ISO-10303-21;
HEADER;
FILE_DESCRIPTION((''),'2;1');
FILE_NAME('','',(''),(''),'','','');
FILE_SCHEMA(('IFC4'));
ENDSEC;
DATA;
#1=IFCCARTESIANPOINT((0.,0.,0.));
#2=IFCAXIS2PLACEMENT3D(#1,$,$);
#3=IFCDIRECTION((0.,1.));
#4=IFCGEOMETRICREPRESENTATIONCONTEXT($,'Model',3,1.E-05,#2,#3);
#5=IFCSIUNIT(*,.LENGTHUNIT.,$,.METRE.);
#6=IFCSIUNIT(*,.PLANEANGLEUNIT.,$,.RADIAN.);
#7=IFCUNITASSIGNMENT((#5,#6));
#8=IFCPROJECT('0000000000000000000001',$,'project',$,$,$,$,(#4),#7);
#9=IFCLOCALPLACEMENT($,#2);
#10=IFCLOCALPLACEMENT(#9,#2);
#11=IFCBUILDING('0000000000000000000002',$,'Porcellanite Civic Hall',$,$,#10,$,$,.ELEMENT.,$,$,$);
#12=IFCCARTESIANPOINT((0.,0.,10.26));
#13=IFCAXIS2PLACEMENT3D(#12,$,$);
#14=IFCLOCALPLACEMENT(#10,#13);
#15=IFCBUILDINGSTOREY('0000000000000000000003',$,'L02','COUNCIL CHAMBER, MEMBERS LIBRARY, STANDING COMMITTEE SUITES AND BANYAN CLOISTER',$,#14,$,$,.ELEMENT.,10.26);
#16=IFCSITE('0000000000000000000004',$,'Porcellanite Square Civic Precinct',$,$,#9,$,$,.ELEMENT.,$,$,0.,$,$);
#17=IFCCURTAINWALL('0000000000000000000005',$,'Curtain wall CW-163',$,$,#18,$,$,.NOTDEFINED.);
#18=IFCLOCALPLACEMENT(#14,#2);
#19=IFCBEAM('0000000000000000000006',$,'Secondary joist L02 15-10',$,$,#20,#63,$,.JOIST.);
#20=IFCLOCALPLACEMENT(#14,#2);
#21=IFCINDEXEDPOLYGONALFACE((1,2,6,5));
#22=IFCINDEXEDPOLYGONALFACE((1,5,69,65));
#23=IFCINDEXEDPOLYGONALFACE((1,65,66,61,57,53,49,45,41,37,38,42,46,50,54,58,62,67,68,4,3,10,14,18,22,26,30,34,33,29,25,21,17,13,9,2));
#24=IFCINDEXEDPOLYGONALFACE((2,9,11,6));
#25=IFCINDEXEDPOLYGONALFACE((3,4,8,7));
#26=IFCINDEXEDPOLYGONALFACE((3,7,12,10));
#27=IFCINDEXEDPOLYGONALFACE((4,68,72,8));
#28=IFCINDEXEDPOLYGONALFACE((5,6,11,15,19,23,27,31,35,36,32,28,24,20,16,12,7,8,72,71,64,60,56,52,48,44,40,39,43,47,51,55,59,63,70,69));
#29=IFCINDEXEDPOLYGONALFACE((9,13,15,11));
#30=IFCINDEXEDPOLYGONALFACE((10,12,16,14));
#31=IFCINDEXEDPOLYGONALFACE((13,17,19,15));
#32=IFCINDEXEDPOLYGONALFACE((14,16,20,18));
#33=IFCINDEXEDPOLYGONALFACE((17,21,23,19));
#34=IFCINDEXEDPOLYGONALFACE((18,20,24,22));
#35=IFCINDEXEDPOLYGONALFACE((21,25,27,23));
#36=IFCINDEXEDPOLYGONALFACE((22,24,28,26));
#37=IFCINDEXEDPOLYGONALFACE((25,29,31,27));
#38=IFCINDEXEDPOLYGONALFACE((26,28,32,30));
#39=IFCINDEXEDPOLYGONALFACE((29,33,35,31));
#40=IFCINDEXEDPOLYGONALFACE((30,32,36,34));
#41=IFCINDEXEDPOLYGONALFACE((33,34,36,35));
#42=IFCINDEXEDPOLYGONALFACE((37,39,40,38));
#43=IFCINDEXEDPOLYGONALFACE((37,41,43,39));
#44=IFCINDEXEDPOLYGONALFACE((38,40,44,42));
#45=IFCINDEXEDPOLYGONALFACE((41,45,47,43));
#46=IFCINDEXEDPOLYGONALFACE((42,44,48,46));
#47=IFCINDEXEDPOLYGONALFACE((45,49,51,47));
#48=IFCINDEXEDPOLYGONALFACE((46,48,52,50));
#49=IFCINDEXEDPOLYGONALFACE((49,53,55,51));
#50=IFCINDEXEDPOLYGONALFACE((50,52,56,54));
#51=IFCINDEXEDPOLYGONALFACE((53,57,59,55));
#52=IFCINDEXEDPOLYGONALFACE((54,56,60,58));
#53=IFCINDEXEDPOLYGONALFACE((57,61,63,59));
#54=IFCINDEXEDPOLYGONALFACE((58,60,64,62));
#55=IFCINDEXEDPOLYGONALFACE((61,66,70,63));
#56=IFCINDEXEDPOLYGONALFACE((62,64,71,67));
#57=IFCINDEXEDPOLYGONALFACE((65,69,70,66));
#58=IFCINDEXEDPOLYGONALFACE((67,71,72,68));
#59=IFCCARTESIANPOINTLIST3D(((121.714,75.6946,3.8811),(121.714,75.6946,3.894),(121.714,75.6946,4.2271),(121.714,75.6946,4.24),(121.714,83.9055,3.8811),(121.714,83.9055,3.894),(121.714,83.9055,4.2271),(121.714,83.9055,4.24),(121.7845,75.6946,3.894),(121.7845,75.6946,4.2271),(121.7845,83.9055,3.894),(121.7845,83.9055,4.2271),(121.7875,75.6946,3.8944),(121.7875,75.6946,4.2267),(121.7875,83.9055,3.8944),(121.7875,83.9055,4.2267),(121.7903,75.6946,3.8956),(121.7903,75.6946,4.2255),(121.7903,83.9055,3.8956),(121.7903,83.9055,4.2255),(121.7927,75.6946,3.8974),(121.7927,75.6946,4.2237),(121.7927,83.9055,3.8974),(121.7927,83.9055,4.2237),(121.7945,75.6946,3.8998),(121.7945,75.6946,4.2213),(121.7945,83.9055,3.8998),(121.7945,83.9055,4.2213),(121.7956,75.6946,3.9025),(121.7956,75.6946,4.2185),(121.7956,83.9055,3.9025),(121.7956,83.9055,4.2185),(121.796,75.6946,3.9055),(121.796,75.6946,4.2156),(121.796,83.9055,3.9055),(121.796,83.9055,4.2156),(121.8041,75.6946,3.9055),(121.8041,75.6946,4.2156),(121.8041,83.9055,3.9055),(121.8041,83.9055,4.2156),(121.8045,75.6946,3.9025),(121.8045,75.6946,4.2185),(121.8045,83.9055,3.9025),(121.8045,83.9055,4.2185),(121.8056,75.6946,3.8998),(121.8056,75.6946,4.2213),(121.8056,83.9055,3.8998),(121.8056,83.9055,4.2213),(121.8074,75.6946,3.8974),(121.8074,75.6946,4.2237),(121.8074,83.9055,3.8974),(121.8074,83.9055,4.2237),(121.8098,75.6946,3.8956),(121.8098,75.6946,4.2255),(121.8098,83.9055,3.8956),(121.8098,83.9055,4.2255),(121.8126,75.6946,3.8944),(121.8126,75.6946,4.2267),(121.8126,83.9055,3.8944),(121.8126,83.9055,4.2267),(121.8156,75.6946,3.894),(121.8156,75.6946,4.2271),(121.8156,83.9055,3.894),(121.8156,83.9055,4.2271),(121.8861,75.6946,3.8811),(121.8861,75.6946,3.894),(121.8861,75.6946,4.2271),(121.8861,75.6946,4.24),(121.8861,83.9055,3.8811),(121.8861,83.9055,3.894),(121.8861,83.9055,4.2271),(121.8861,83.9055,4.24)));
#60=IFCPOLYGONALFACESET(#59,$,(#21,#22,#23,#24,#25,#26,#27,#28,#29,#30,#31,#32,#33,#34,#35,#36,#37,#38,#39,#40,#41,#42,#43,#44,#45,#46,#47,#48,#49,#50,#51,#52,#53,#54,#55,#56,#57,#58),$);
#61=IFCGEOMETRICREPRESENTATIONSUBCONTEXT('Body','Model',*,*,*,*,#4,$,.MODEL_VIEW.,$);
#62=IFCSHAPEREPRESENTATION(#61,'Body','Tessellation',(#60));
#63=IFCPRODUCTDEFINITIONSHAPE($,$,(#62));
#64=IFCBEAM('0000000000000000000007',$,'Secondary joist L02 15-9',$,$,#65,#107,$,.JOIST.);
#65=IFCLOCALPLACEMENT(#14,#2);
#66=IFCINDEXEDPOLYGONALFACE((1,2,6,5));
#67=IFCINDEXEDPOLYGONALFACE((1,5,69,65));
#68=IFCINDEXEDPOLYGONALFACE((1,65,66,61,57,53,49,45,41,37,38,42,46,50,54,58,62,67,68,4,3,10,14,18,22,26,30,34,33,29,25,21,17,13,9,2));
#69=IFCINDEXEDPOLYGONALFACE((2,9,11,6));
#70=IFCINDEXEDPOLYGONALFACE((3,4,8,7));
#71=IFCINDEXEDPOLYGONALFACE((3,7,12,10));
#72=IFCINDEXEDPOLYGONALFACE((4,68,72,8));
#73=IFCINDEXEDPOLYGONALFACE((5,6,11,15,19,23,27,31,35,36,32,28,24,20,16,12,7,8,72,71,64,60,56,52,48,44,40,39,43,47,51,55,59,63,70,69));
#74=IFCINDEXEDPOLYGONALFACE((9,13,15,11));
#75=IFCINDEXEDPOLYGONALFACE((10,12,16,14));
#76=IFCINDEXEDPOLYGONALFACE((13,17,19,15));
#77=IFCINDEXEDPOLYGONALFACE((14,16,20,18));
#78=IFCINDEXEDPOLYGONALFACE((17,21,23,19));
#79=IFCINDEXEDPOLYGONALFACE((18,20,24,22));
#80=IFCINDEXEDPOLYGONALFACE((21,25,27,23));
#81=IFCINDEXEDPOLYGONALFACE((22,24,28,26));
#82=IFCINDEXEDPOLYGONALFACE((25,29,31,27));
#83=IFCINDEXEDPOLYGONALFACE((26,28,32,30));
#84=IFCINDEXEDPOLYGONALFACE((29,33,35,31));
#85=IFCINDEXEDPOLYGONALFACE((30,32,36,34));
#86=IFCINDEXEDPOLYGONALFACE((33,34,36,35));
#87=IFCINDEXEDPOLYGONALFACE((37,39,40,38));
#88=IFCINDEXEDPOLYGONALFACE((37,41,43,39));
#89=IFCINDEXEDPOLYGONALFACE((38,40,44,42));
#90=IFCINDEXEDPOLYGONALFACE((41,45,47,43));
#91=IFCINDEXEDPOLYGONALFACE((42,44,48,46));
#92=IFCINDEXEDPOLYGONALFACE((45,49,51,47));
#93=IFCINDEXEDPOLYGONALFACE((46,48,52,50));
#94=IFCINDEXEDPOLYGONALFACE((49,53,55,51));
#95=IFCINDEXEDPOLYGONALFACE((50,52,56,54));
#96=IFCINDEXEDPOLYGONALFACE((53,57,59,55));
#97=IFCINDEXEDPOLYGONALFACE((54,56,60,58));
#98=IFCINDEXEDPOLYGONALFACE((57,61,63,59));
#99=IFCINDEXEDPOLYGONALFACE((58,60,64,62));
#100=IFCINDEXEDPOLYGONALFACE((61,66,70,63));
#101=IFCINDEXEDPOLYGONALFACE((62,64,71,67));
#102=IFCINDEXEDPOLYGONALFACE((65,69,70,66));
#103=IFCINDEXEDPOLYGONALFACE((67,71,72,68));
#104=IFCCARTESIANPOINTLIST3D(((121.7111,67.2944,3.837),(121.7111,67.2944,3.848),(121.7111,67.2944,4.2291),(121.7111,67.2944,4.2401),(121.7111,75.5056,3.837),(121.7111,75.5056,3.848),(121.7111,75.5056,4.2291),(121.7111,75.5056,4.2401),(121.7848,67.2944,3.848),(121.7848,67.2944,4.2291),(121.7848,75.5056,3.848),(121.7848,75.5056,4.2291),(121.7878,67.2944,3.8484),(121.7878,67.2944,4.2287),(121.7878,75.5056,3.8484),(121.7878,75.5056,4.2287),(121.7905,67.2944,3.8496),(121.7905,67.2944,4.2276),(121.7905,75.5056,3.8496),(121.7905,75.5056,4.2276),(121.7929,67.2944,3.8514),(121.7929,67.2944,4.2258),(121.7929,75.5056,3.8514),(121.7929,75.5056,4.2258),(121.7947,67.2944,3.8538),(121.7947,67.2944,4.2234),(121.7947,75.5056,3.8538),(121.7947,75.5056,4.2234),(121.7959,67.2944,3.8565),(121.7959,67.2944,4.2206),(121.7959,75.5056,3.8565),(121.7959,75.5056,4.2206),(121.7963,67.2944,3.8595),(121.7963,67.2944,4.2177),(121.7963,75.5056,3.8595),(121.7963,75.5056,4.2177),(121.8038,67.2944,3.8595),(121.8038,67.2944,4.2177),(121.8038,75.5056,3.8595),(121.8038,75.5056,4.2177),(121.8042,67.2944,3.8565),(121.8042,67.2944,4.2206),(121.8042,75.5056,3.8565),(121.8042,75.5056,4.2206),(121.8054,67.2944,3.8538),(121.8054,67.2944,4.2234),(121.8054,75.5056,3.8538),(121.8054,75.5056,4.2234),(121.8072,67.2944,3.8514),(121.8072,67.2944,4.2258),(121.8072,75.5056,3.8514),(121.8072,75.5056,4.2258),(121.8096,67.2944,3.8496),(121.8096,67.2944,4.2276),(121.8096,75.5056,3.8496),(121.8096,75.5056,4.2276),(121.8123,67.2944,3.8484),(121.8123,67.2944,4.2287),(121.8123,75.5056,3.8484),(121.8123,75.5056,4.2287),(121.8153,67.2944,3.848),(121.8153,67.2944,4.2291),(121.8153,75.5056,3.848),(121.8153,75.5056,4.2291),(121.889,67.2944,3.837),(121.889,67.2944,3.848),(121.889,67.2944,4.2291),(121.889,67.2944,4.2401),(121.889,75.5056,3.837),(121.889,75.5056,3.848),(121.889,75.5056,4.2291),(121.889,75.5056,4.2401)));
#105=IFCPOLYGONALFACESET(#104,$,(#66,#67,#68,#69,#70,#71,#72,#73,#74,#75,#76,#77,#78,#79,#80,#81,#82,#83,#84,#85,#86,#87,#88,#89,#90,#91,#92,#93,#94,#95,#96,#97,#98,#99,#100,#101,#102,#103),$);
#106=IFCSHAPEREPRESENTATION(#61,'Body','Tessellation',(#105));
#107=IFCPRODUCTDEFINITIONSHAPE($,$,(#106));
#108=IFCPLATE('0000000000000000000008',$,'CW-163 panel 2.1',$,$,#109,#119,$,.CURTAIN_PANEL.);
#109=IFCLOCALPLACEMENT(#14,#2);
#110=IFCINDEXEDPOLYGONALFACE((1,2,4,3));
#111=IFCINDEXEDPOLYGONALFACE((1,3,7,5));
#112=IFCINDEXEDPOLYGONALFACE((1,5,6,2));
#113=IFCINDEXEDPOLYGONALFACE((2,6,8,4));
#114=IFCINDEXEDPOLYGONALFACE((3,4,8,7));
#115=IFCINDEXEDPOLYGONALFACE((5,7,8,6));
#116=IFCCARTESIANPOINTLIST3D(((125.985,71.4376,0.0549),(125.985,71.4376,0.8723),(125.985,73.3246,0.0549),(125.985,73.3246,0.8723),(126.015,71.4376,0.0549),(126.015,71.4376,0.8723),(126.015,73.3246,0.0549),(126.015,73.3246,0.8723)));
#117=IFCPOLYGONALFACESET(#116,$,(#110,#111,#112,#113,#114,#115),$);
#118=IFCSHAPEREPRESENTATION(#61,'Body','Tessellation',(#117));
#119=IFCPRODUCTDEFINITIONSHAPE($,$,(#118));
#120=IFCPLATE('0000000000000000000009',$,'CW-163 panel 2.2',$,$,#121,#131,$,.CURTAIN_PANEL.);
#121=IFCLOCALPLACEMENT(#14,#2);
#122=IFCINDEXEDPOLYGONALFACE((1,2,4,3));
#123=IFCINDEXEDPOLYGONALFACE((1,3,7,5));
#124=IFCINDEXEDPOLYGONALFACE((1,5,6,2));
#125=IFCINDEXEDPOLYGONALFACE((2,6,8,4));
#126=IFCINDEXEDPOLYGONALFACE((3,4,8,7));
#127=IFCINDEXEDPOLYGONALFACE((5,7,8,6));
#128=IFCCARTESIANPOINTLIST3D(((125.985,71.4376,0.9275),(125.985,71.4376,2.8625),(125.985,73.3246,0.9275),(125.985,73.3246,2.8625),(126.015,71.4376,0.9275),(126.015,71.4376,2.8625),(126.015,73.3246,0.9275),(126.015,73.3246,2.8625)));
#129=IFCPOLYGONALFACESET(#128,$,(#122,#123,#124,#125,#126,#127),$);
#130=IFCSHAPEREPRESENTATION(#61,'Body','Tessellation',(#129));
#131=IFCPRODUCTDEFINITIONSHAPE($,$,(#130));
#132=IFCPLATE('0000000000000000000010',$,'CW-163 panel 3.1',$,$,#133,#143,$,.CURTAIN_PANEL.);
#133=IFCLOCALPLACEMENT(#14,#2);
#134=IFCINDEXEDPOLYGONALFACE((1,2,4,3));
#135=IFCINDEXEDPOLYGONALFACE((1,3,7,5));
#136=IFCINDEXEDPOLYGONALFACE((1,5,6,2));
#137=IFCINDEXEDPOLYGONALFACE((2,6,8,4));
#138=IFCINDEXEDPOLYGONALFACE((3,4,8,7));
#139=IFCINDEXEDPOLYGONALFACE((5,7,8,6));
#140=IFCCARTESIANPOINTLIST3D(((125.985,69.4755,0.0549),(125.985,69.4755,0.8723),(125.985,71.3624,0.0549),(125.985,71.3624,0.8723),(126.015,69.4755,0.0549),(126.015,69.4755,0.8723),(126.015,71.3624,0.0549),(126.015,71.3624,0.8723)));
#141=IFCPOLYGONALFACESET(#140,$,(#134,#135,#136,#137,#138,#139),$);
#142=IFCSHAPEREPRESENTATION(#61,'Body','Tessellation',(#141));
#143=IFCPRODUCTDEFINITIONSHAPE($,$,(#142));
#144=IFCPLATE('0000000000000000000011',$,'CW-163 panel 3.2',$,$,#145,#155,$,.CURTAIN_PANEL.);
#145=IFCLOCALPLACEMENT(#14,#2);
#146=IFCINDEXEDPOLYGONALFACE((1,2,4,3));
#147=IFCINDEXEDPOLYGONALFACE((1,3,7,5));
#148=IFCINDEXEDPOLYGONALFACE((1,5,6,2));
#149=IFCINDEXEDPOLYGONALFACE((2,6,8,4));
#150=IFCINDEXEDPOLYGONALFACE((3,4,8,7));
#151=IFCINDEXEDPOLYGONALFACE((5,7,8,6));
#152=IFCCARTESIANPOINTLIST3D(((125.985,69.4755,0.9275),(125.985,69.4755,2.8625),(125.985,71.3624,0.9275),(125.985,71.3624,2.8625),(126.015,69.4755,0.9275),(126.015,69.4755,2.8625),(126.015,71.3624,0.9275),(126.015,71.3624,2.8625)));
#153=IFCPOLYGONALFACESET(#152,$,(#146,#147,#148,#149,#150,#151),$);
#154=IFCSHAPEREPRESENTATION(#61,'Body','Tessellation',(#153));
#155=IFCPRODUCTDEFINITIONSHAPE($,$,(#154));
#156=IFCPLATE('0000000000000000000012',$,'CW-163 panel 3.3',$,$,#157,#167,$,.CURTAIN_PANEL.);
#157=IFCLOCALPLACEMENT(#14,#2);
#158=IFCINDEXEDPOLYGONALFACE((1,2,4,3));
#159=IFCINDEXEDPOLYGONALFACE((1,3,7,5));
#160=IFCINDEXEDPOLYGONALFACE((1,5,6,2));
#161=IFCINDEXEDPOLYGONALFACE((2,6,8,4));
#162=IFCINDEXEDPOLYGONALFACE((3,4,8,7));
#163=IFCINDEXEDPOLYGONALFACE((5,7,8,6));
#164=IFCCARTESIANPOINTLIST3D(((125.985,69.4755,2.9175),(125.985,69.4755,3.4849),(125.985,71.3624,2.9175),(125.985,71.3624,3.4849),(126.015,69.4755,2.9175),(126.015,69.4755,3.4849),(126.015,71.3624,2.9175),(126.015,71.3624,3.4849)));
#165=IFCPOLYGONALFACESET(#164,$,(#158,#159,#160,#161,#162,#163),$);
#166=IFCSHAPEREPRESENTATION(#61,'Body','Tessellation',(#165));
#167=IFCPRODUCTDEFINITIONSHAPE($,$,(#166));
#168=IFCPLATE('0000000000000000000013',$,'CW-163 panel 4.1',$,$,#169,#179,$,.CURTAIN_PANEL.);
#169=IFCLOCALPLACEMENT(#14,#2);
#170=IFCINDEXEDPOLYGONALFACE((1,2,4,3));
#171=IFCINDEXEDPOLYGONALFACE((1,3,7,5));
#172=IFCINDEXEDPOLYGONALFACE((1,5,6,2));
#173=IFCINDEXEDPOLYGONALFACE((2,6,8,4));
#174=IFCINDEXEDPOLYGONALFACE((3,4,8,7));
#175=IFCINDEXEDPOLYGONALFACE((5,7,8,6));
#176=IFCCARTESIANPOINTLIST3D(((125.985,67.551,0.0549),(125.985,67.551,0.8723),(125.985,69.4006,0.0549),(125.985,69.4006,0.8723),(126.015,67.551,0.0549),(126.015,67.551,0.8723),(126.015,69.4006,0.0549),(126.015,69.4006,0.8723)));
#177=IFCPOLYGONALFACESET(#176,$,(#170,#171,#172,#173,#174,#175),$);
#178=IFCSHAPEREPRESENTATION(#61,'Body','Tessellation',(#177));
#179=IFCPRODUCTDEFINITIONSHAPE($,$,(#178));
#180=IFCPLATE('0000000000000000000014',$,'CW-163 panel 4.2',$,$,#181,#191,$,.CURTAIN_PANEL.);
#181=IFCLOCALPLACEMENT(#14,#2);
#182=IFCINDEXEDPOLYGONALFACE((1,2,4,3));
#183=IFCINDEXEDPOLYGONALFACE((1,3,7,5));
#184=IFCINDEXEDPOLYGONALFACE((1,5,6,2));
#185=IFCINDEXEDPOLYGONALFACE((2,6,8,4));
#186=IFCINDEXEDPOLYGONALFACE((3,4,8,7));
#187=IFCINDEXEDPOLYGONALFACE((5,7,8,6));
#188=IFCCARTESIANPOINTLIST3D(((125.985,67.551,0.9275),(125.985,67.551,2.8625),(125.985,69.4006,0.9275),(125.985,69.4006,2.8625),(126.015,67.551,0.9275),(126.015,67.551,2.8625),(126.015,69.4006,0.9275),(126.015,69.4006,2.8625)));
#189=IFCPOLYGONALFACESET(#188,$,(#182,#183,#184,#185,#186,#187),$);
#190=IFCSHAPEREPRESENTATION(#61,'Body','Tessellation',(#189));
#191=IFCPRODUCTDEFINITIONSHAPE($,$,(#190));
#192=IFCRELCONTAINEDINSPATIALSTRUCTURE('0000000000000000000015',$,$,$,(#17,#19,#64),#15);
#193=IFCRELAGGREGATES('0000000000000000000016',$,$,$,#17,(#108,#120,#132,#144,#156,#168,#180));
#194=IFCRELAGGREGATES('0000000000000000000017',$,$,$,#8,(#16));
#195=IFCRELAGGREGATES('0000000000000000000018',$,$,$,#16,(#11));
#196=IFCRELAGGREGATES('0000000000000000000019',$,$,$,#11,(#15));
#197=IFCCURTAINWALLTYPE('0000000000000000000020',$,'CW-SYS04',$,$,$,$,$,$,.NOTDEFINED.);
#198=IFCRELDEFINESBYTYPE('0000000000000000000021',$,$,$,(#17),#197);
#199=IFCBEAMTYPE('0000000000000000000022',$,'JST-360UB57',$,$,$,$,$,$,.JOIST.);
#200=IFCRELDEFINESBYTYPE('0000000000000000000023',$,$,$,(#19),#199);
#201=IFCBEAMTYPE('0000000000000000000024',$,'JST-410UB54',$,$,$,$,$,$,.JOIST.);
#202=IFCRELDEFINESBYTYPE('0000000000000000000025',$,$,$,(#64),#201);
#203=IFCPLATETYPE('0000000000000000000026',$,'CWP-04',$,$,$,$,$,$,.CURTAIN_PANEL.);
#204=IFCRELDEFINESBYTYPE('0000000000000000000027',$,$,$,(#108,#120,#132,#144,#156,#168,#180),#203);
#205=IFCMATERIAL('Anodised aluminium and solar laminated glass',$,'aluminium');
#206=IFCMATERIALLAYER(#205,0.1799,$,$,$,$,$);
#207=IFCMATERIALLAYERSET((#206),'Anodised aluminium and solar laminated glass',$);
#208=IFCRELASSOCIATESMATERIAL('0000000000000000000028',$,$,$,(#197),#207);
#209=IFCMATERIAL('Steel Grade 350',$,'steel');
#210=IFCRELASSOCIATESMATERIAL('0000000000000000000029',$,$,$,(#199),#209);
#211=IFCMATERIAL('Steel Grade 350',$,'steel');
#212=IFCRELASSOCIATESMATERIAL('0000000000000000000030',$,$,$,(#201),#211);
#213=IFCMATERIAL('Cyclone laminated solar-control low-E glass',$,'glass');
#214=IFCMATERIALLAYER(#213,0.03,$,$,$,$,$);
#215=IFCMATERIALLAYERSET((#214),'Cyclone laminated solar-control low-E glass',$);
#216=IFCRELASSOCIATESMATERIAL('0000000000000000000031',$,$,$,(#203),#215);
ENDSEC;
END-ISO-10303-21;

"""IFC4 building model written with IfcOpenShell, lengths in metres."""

from ifc_helpers import new_model, si_unit, direction, frame, origin, origin_2d, place, context, subcontext, project, spatial, rectangle, i_section, extrude, material, layer, layer_set, material_profile, profile_set, type_object, element, aggregate, save


model = new_model("IFC4")

# Units and contexts
model_context = context("Model", 3, precision=1e-05, world=origin(), true_north=direction((0.0, 1.0)))
body_context = subcontext(model_context, "Body", "Model", "MODEL_VIEW")
ifc_project = project(units=[si_unit("LENGTHUNIT", "METRE"), si_unit("PLANEANGLEUNIT", "RADIAN")], contexts=[model_context])

# Site, building, storey
site_placement = place(None, origin())
site = spatial("IfcSite", under=ifc_project, at=site_placement, Name="Porcellanite Square Civic Precinct", CompositionType="ELEMENT", RefElevation=0.0)
building_placement = place(site_placement, origin())
building = spatial("IfcBuilding", under=site, at=building_placement, Name="Porcellanite Civic Hall", CompositionType="ELEMENT")
storey_placement = place(building_placement, frame((0.0, 0.0, 10.26)))
storey = spatial("IfcBuildingStorey", under=building, at=storey_placement, Name="L02", Description="COUNCIL CHAMBER, MEMBERS LIBRARY, STANDING COMMITTEE SUITES AND BANYAN CLOISTER", CompositionType="ELEMENT", Elevation=10.26)

# Curtain wall
ifc_material_1 = material(Name="Anodised aluminium and solar laminated glass", Category="aluminium")
ifc_layer_1 = layer(ifc_material_1, 0.1799)
ifc_layer_set_1 = layer_set([ifc_layer_1], Name="Anodised aluminium and solar laminated glass")
curtain_wall_type = type_object("IfcCurtainWallType", Name="CW-SYS04", PredefinedType="NOTDEFINED", material=ifc_layer_set_1)
curtain_wall_placement = place(storey_placement, origin())
curtain_wall = element("IfcCurtainWall", 1, at=curtain_wall_placement, inside=storey, type_object=curtain_wall_type, Name="Curtain wall CW-163", PredefinedType="NOTDEFINED")

# Beams
ifc_material_2 = material(Name="Steel Grade 350", Category="steel")
ifc_material_profile_1 = material_profile(ifc_material_2, i_section(OverallWidth=0.1721, OverallDepth=0.3589, WebThickness=0.0081, FlangeThickness=0.0129, FilletRadius=0.0115, at=origin_2d()), Name="360UB56.7")
ifc_profile_set_1 = profile_set([ifc_material_profile_1], Name="Steel Grade 350")
beam_type_1 = type_object("IfcBeamType", Name="JST-360UB57", PredefinedType="JOIST", material=ifc_profile_set_1)
beam_1_placement = place(storey_placement, frame((121.8, 75.6946, 4.0605), z_axis=(0.0, 1.0, 0.0), x_axis=(-1.0, 0.0, 0.0)))
element("IfcBeam", 2, at=beam_1_placement, inside=storey, type_object=beam_type_1, Name="Secondary joist L02 15-10", PredefinedType="JOIST", context=body_context, shape_type="SweptSolid", body=[
    extrude(i_section(OverallWidth=0.1721, OverallDepth=0.3589, WebThickness=0.0081, FlangeThickness=0.0129, FilletRadius=0.0115, at=origin_2d()), origin(), (0.0, 0.0, 1.0), 8.2109),
])
ifc_material_3 = material(Name="Steel Grade 350", Category="steel")
ifc_material_profile_2 = material_profile(ifc_material_3, i_section(OverallWidth=0.178, OverallDepth=0.4031, WebThickness=0.0076, FlangeThickness=0.011, FilletRadius=0.0115, at=origin_2d()), Name="410UB53.7")
ifc_profile_set_2 = profile_set([ifc_material_profile_2], Name="Steel Grade 350")
beam_type_2 = type_object("IfcBeamType", Name="JST-410UB54", PredefinedType="JOIST", material=ifc_profile_set_2)
beam_2_placement = place(storey_placement, frame((121.8, 67.2944, 4.0386), z_axis=(0.0, 1.0, 0.0), x_axis=(-1.0, 0.0, 0.0)))
element("IfcBeam", 3, at=beam_2_placement, inside=storey, type_object=beam_type_2, Name="Secondary joist L02 15-9", PredefinedType="JOIST", context=body_context, shape_type="SweptSolid", body=[
    extrude(i_section(OverallWidth=0.178, OverallDepth=0.4031, WebThickness=0.0076, FlangeThickness=0.011, FilletRadius=0.0115, at=origin_2d()), origin(), (0.0, 0.0, 1.0), 8.2112),
])

# Plates
ifc_material_4 = material(Name="Cyclone laminated solar-control low-E glass", Category="glass")
ifc_layer_2 = layer(ifc_material_4, 0.03)
ifc_layer_set_2 = layer_set([ifc_layer_2], Name="Cyclone laminated solar-control low-E glass")
plate_type = type_object("IfcPlateType", Name="CWP-04", PredefinedType="CURTAIN_PANEL", material=ifc_layer_set_2)
plate_1_placement = place(storey_placement, frame((126.0, 72.3811, 0.0549), z_axis=(0.0, 0.0, 1.0), x_axis=(0.0, -1.0, 0.0)))
plate_1 = element("IfcPlate", 4, at=plate_1_placement, type_object=plate_type, Name="CW-163 panel 2.1", PredefinedType="CURTAIN_PANEL", context=body_context, shape_type="SweptSolid", body=[
    extrude(rectangle(XDim=1.887, YDim=0.03, at=origin_2d()), origin(), (0.0, 0.0, 1.0), 0.8174),
])
plate_2_placement = place(storey_placement, frame((126.0, 72.3811, 0.9275), z_axis=(0.0, 0.0, 1.0), x_axis=(0.0, -1.0, 0.0)))
plate_2 = element("IfcPlate", 5, at=plate_2_placement, type_object=plate_type, Name="CW-163 panel 2.2", PredefinedType="CURTAIN_PANEL", context=body_context, shape_type="SweptSolid", body=[
    extrude(rectangle(XDim=1.887, YDim=0.03, at=origin_2d()), origin(), (0.0, 0.0, 1.0), 1.9351),
])
plate_3_placement = place(storey_placement, frame((126.0, 70.4189, 0.0549), z_axis=(0.0, 0.0, 1.0), x_axis=(0.0, -1.0, 0.0)))
plate_3 = element("IfcPlate", 6, at=plate_3_placement, type_object=plate_type, Name="CW-163 panel 3.1", PredefinedType="CURTAIN_PANEL", context=body_context, shape_type="SweptSolid", body=[
    extrude(rectangle(XDim=1.887, YDim=0.03, at=origin_2d()), origin(), (0.0, 0.0, 1.0), 0.8174),
])
plate_4_placement = place(storey_placement, frame((126.0, 70.4189, 0.9275), z_axis=(0.0, 0.0, 1.0), x_axis=(0.0, -1.0, 0.0)))
plate_4 = element("IfcPlate", 7, at=plate_4_placement, type_object=plate_type, Name="CW-163 panel 3.2", PredefinedType="CURTAIN_PANEL", context=body_context, shape_type="SweptSolid", body=[
    extrude(rectangle(XDim=1.887, YDim=0.03, at=origin_2d()), origin(), (0.0, 0.0, 1.0), 1.9351),
])
plate_5_placement = place(storey_placement, frame((126.0, 70.4189, 2.9175), z_axis=(0.0, 0.0, 1.0), x_axis=(0.0, -1.0, 0.0)))
plate_5 = element("IfcPlate", 8, at=plate_5_placement, type_object=plate_type, Name="CW-163 panel 3.3", PredefinedType="CURTAIN_PANEL", context=body_context, shape_type="SweptSolid", body=[
    extrude(rectangle(XDim=1.887, YDim=0.03, at=origin_2d()), origin(), (0.0, 0.0, 1.0), 0.5674),
])
plate_6_placement = place(storey_placement, frame((126.0, 68.4758, 0.0549), z_axis=(0.0, 0.0, 1.0), x_axis=(0.0, -1.0, 0.0)))
plate_6 = element("IfcPlate", 9, at=plate_6_placement, type_object=plate_type, Name="CW-163 panel 4.1", PredefinedType="CURTAIN_PANEL", context=body_context, shape_type="SweptSolid", body=[
    extrude(rectangle(XDim=1.8496, YDim=0.03, at=origin_2d()), origin(), (0.0, 0.0, 1.0), 0.8174),
])
plate_7_placement = place(storey_placement, frame((126.0, 68.4758, 0.9275), z_axis=(0.0, 0.0, 1.0), x_axis=(0.0, -1.0, 0.0)))
plate_7 = element("IfcPlate", 10, at=plate_7_placement, type_object=plate_type, Name="CW-163 panel 4.2", PredefinedType="CURTAIN_PANEL", context=body_context, shape_type="SweptSolid", body=[
    extrude(rectangle(XDim=1.8496, YDim=0.03, at=origin_2d()), origin(), (0.0, 0.0, 1.0), 1.9351),
])
aggregate(curtain_wall, [plate_1, plate_2, plate_3, plate_4, plate_5, plate_6, plate_7])

save(model, "model.ifc")
